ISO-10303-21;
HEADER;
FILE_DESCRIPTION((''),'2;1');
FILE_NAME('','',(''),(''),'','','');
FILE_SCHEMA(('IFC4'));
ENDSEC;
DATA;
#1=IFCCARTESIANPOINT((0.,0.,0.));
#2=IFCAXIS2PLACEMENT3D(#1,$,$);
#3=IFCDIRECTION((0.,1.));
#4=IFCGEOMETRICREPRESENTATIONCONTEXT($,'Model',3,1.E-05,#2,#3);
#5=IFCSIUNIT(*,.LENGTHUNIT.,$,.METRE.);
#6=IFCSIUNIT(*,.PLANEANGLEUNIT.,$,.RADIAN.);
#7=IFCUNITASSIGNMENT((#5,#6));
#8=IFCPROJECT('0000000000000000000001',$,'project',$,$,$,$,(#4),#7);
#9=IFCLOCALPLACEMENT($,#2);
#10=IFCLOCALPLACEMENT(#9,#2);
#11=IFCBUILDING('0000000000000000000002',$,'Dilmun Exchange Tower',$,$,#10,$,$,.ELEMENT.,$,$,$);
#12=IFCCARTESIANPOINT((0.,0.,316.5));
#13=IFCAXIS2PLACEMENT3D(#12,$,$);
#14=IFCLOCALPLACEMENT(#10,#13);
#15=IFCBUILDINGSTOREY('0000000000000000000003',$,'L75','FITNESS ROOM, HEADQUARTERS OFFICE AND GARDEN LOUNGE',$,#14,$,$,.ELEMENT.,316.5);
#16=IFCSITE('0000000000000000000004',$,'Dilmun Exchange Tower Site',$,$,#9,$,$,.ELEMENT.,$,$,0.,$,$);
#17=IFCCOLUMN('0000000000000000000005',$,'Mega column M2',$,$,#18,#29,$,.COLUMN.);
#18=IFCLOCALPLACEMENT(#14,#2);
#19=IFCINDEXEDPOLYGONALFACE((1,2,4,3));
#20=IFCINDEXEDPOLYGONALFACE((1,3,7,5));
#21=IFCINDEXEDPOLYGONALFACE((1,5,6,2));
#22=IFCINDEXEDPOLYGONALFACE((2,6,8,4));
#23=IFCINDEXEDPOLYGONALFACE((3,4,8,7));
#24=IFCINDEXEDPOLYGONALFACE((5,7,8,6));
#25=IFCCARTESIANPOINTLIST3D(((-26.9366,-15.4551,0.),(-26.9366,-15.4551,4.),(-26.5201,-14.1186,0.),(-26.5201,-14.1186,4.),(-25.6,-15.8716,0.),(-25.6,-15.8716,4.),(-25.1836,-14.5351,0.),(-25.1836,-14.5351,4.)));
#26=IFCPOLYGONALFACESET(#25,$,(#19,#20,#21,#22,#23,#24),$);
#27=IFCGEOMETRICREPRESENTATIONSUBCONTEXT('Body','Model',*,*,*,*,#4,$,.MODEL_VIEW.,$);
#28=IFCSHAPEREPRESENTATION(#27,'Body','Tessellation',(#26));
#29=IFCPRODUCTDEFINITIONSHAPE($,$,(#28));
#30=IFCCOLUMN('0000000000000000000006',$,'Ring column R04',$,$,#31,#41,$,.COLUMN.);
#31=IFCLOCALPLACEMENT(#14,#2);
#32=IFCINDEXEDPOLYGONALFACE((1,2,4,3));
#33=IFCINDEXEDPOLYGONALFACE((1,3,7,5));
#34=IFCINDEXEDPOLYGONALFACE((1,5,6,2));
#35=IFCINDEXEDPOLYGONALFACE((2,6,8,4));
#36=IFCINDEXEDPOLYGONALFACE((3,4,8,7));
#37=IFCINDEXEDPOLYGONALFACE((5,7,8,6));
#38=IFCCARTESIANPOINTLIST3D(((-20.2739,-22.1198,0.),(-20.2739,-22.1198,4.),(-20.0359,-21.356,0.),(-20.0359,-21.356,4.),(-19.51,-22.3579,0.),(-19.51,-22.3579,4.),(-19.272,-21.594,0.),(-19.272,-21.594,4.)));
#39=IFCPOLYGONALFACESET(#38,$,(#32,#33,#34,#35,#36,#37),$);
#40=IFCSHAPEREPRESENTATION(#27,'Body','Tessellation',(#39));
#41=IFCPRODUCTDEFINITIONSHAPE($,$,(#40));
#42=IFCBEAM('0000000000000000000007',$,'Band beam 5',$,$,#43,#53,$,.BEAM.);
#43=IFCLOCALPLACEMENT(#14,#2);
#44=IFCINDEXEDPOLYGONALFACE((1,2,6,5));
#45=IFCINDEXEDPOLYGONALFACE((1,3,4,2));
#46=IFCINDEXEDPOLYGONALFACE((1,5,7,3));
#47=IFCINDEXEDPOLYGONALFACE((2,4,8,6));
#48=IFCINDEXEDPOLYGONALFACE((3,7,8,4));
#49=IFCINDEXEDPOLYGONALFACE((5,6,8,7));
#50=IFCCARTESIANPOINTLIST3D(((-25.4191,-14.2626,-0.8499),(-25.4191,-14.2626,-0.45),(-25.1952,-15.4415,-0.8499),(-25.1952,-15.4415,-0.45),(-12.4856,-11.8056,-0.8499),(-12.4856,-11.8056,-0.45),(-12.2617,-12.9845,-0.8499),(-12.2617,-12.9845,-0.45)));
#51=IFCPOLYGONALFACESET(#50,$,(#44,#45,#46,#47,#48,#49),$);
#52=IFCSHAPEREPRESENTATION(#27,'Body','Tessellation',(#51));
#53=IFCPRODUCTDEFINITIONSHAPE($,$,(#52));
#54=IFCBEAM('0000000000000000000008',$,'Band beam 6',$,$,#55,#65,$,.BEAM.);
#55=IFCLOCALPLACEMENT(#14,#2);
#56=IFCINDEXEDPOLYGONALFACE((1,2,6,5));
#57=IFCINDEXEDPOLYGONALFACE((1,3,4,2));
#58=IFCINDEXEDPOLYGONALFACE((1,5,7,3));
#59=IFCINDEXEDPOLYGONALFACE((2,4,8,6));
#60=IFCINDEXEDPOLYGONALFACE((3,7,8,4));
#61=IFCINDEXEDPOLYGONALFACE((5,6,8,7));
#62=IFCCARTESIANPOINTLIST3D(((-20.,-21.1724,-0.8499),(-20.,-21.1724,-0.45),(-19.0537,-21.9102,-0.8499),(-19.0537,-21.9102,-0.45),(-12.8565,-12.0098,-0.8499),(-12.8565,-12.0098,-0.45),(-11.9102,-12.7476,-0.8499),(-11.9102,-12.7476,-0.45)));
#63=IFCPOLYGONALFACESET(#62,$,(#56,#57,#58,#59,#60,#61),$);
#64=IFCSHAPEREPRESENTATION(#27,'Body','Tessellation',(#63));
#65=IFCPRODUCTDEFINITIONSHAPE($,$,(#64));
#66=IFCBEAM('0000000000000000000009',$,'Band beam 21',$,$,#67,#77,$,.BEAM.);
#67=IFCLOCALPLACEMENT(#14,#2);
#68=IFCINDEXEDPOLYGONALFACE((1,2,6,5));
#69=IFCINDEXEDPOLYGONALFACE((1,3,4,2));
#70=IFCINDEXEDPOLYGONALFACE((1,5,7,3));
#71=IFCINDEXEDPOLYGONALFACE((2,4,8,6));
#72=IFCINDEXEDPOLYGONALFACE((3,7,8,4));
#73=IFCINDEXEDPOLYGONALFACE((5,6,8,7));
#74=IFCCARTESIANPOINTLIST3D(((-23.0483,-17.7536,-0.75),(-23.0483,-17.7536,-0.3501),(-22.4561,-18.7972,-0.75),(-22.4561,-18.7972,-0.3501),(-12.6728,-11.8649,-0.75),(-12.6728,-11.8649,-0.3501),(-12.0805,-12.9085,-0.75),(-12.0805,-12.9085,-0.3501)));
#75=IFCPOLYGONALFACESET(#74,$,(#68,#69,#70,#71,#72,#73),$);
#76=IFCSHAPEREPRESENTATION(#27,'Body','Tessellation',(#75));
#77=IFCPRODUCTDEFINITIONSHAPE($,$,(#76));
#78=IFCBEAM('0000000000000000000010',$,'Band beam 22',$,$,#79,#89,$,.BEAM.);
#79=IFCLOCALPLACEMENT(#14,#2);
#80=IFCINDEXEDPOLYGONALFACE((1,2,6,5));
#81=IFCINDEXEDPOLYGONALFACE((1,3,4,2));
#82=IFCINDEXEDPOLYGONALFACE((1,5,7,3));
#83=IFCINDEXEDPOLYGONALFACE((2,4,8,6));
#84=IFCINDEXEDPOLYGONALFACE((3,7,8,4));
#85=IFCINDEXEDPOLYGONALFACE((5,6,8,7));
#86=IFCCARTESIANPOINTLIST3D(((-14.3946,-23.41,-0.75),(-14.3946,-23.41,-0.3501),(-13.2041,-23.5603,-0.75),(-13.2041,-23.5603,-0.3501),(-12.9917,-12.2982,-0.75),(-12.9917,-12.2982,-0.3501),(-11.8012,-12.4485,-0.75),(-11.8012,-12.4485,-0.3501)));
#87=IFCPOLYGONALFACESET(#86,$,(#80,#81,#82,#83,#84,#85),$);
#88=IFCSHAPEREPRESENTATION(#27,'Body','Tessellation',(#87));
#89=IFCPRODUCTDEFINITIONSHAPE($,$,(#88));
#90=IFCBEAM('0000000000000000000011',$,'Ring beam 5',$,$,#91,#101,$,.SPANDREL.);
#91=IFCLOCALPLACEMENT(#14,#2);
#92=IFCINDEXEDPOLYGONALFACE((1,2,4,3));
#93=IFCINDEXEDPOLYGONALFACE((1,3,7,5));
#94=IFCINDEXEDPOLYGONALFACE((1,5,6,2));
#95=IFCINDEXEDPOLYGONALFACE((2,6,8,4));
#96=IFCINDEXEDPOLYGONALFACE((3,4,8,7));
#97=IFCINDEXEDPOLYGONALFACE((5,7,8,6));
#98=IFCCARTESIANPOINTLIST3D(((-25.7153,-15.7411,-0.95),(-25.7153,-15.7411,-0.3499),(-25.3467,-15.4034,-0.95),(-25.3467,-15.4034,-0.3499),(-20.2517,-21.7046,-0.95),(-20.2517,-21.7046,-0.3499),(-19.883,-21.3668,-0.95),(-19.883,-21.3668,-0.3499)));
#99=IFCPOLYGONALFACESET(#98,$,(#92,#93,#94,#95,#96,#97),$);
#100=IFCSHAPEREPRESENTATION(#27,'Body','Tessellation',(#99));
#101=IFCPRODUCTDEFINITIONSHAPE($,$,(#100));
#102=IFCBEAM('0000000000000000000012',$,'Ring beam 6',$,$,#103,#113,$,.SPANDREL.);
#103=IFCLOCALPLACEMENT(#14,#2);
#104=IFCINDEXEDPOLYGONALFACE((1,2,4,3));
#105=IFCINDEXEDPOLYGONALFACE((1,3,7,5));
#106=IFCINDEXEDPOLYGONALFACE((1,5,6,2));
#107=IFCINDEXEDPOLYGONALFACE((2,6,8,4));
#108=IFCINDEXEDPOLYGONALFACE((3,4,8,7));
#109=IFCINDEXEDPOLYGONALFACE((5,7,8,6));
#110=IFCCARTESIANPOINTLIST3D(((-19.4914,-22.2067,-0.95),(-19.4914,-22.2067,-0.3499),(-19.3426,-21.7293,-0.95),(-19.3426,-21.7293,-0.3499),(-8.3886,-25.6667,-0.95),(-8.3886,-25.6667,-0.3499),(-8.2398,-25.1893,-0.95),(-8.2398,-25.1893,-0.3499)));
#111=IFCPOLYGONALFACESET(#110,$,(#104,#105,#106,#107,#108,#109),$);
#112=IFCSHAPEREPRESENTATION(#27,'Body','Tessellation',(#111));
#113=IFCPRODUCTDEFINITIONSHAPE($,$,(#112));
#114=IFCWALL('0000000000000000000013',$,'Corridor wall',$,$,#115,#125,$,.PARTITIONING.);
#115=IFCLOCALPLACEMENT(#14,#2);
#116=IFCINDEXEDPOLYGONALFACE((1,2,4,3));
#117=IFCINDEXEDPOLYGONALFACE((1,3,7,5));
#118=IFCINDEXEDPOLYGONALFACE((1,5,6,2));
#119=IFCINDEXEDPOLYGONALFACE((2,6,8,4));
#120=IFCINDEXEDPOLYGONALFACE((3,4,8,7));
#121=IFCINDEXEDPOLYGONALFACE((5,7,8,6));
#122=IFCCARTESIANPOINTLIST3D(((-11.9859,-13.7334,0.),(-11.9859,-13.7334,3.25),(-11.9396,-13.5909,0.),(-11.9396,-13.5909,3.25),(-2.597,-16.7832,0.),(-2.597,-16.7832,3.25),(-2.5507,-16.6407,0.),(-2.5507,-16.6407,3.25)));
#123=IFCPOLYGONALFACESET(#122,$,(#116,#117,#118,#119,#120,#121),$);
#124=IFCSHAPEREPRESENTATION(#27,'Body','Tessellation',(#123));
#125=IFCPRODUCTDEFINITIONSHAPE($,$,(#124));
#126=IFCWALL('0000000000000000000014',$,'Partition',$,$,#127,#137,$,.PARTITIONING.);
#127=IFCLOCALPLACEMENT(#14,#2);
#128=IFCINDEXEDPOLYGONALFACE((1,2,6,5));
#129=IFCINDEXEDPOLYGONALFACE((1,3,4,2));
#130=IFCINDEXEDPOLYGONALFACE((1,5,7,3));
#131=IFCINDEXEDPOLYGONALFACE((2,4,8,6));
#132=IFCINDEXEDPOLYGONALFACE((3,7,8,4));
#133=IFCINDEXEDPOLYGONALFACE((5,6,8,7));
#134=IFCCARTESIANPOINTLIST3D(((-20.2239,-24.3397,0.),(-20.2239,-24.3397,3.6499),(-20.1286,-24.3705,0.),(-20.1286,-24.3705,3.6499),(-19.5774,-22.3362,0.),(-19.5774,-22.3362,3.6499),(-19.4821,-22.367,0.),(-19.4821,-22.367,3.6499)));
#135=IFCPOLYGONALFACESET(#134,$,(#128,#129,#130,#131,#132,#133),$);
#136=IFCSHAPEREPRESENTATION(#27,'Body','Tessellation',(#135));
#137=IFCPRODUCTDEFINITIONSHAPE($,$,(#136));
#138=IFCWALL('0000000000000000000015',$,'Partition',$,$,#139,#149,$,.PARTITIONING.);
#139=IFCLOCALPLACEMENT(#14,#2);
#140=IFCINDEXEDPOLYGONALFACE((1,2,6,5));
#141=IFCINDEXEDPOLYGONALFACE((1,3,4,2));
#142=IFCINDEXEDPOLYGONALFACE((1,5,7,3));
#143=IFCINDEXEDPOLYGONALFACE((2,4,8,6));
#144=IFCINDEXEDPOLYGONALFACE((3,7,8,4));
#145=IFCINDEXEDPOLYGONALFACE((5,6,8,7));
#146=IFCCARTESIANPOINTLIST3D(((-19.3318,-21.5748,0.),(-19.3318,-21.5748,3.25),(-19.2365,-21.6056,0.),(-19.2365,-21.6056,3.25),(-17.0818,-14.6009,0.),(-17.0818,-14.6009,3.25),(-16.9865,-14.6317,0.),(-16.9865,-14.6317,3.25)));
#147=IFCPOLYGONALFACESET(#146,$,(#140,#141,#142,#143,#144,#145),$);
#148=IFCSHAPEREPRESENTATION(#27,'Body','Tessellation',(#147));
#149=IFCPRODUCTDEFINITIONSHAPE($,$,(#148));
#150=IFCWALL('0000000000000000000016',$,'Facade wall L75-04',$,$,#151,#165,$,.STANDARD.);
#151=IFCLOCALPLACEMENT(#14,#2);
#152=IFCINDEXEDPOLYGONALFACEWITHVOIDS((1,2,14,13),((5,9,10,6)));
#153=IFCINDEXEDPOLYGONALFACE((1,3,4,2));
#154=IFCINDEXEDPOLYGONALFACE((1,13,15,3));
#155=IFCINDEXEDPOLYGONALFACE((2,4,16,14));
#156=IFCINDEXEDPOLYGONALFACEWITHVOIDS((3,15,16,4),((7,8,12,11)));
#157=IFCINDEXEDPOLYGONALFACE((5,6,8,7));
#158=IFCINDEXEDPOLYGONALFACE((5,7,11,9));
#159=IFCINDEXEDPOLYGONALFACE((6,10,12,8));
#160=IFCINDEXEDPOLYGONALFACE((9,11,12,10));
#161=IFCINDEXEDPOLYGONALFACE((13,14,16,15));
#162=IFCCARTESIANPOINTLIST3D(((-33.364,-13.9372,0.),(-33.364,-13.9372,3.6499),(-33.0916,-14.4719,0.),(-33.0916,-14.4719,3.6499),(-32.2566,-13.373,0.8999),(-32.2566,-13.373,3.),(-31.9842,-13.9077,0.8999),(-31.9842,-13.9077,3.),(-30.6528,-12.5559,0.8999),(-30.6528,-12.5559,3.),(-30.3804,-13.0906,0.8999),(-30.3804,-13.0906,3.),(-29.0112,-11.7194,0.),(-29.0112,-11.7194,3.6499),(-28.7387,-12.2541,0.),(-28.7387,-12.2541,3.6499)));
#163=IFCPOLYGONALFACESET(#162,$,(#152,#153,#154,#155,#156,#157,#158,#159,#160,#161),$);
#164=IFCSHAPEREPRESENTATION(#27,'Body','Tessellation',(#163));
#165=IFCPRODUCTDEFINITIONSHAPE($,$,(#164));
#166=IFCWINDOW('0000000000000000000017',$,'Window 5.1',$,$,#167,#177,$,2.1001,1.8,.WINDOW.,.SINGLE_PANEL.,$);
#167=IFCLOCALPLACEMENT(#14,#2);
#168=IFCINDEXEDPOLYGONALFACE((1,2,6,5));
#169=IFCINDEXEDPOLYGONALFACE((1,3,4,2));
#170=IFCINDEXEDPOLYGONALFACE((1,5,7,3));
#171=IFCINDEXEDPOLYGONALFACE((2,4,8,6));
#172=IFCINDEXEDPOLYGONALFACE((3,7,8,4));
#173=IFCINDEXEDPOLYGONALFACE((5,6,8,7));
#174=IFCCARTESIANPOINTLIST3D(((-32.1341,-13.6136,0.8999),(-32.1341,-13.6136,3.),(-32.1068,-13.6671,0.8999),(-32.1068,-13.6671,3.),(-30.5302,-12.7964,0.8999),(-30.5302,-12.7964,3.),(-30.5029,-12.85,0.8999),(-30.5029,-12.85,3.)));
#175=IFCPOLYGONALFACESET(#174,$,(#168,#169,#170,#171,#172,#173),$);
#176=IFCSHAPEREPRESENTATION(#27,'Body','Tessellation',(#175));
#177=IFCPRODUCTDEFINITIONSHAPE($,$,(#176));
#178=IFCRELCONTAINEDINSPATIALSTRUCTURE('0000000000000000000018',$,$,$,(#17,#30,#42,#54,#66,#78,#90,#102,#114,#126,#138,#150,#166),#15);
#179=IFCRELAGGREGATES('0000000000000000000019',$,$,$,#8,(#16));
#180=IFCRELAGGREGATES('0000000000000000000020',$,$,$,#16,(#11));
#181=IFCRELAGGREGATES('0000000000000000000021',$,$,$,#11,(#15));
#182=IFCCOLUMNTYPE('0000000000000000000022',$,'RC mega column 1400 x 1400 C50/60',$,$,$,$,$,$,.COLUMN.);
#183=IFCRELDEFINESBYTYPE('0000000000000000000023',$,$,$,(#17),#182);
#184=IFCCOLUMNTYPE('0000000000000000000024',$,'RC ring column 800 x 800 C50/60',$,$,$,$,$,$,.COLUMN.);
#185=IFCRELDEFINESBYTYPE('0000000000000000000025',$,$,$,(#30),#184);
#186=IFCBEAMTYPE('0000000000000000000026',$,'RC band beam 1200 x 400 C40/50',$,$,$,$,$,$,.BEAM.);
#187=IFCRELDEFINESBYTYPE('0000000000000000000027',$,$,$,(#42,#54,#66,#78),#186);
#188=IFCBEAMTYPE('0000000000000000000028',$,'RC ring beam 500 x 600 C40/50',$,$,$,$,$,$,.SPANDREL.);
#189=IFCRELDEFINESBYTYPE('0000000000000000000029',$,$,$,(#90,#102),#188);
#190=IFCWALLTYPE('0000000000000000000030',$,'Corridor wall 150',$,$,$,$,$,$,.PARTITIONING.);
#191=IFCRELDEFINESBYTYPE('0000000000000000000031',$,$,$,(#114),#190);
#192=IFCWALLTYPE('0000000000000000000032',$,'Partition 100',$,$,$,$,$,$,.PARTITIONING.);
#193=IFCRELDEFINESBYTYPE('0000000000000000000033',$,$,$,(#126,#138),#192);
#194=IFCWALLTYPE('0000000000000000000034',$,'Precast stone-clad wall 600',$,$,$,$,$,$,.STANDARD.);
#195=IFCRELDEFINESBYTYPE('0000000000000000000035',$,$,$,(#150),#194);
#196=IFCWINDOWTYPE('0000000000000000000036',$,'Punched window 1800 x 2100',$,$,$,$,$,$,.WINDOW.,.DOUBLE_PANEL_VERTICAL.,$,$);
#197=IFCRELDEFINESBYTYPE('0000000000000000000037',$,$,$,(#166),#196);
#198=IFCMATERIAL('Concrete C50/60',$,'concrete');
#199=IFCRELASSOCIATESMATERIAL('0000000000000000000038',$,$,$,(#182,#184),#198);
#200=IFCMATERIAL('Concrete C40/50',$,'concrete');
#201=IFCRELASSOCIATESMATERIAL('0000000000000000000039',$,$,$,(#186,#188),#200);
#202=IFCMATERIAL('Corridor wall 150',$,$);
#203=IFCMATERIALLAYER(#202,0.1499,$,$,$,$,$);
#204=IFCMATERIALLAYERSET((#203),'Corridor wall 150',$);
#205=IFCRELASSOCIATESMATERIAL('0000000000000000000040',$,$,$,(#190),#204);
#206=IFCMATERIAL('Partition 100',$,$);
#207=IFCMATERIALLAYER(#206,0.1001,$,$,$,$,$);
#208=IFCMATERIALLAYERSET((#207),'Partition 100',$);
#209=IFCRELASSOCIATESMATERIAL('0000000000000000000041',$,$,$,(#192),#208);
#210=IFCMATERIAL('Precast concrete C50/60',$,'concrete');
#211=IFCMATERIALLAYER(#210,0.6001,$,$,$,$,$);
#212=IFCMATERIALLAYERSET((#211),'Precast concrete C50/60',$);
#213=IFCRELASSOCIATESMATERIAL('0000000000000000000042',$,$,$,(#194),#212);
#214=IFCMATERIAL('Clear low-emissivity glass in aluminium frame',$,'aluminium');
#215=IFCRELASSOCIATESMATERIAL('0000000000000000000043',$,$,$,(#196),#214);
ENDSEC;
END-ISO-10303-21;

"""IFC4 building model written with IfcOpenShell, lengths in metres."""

from ifc_helpers import new_model, si_unit, direction, frame, frame_2d, origin, origin_2d, place, context, subcontext, project, spatial, rectangle, extrude, material, layer, layer_set, material_profile, profile_set, type_object, element, fill, save


model = new_model("IFC4")

# Units and contexts
model_context = context("Model", 3, precision=1e-05, world=origin(), true_north=direction((0.0, 1.0)))
body_context = subcontext(model_context, "Body", "Model", "MODEL_VIEW")
ifc_project = project(units=[si_unit("LENGTHUNIT", "METRE"), si_unit("PLANEANGLEUNIT", "RADIAN")], contexts=[model_context])

# Site, building, storey
site_placement = place(None, origin())
site = spatial("IfcSite", under=ifc_project, at=site_placement, Name="Dilmun Exchange Tower Site", CompositionType="ELEMENT", RefElevation=0.0)
building_placement = place(site_placement, origin())
building = spatial("IfcBuilding", under=site, at=building_placement, Name="Dilmun Exchange Tower", CompositionType="ELEMENT")
storey_placement = place(building_placement, frame((0.0, 0.0, 316.5)))
storey = spatial("IfcBuildingStorey", under=building, at=storey_placement, Name="L75", Description="FITNESS ROOM, HEADQUARTERS OFFICE AND GARDEN LOUNGE", CompositionType="ELEMENT", Elevation=316.5)

# Columns
ifc_material_1 = material(Name="Concrete C50/60", Category="concrete")
ifc_material_profile_1 = material_profile(ifc_material_1, rectangle(XDim=1.3999, YDim=1.3999, at=origin_2d()), Name="1400 x 1400")
ifc_profile_set_1 = profile_set([ifc_material_profile_1], Name="Concrete C50/60")
column_type_1 = type_object("IfcColumnType", Name="RC mega column 1400 x 1400 C50/60", PredefinedType="COLUMN", material=ifc_profile_set_1)
column_1_placement = place(storey_placement, frame((-26.0601, -14.9951, 0.0), z_axis=(0.0, 0.0, 1.0), x_axis=(0.297503, 0.954721, 0.0)))
element("IfcColumn", 1, at=column_1_placement, inside=storey, type_object=column_type_1, Name="Mega column M2", PredefinedType="COLUMN", context=body_context, shape_type="SweptSolid", body=[
    extrude(rectangle(XDim=1.3999, YDim=1.3999, at=origin_2d()), origin(), (0.0, 0.0, 1.0), 4.0),
])
ifc_material_profile_2 = material_profile(ifc_material_1, rectangle(XDim=0.8, YDim=0.8, at=origin_2d()), Name="800 x 800")
ifc_profile_set_2 = profile_set([ifc_material_profile_2], Name="Concrete C50/60")
column_type_2 = type_object("IfcColumnType", Name="RC ring column 800 x 800 C50/60", PredefinedType="COLUMN", material=ifc_profile_set_2)
column_2_placement = place(storey_placement, frame((-19.7729, -21.8569, 0.0), z_axis=(0.0, 0.0, 1.0), x_axis=(0.297503, 0.954721, 0.0)))
element("IfcColumn", 2, at=column_2_placement, inside=storey, type_object=column_type_2, Name="Ring column R04", PredefinedType="COLUMN", context=body_context, shape_type="SweptSolid", body=[
    extrude(rectangle(XDim=0.8, YDim=0.8, at=origin_2d()), origin(), (0.0, 0.0, 1.0), 4.0),
])

# Beams
ifc_material_2 = material(Name="Concrete C40/50", Category="concrete")
ifc_material_profile_3 = material_profile(ifc_material_2, rectangle(XDim=1.2, YDim=0.3999, at=origin_2d()), Name="1200 x 400")
ifc_profile_set_3 = profile_set([ifc_material_profile_3], Name="Concrete C40/50")
beam_type_1 = type_object("IfcBeamType", Name="RC band beam 1200 x 400 C40/50", PredefinedType="BEAM", material=ifc_profile_set_3)
beam_1_placement = place(storey_placement, frame((-25.3071, -14.8521, -0.6499), z_axis=(0.982429, 0.186635, 0.0), x_axis=(-0.186635, 0.982429, 0.0)))
element("IfcBeam", 3, at=beam_1_placement, inside=storey, type_object=beam_type_1, Name="Band beam 5", PredefinedType="BEAM", context=body_context, shape_type="SweptSolid", body=[
    extrude(rectangle(XDim=1.2, YDim=0.3999, at=origin_2d()), origin(), (0.0, 0.0, 1.0), 13.1648),
])
beam_2_placement = place(storey_placement, frame((-19.5269, -21.5413, -0.6499), z_axis=(0.614857, 0.788639, 0.0), x_axis=(-0.788639, 0.614857, 0.0)))
element("IfcBeam", 4, at=beam_2_placement, inside=storey, type_object=beam_type_1, Name="Band beam 6", PredefinedType="BEAM", context=body_context, shape_type="SweptSolid", body=[
    extrude(rectangle(XDim=1.2, YDim=0.3999, at=origin_2d()), origin(), (0.0, 0.0, 1.0), 11.6182),
])
beam_3_placement = place(storey_placement, frame((-22.7522, -18.2754, -0.55), z_axis=(0.86969, 0.493598, 0.0), x_axis=(-0.493598, 0.86969, 0.0)))
element("IfcBeam", 5, at=beam_3_placement, inside=storey, type_object=beam_type_1, Name="Band beam 21", PredefinedType="BEAM", context=body_context, shape_type="SweptSolid", body=[
    extrude(rectangle(XDim=1.2, YDim=0.3999, at=origin_2d()), origin(), (0.0, 0.0, 1.0), 11.9302),
])
beam_4_placement = place(storey_placement, frame((-13.7993, -23.4851, -0.55), z_axis=(0.125253, 0.992125, 0.0), x_axis=(-0.992125, 0.125253, 0.0)))
element("IfcBeam", 6, at=beam_4_placement, inside=storey, type_object=beam_type_1, Name="Band beam 22", PredefinedType="BEAM", context=body_context, shape_type="SweptSolid", body=[
    extrude(rectangle(XDim=1.2, YDim=0.3999, at=origin_2d()), origin(), (0.0, 0.0, 1.0), 11.2),
])
ifc_material_profile_4 = material_profile(ifc_material_2, rectangle(XDim=0.5, YDim=0.6001, at=origin_2d()), Name="500 x 600")
ifc_profile_set_4 = profile_set([ifc_material_profile_4], Name="Concrete C40/50")
beam_type_2 = type_object("IfcBeamType", Name="RC ring beam 500 x 600 C40/50", PredefinedType="SPANDREL", material=ifc_profile_set_4)
beam_5_placement = place(storey_placement, frame((-25.531, -15.5723, -0.6499), z_axis=(0.675536, -0.737327, 0.0), x_axis=(0.737327, 0.675536, 0.0)))
element("IfcBeam", 7, at=beam_5_placement, inside=storey, type_object=beam_type_2, Name="Ring beam 5", PredefinedType="SPANDREL", context=body_context, shape_type="SweptSolid", body=[
    extrude(rectangle(XDim=0.5, YDim=0.6001, at=origin_2d()), origin(), (0.0, 0.0, 1.0), 8.0879),
])
beam_6_placement = place(storey_placement, frame((-19.417, -21.968, -0.6499), z_axis=(0.954716, -0.297518, 0.0), x_axis=(0.297518, 0.954716, 0.0)))
element("IfcBeam", 8, at=beam_6_placement, inside=storey, type_object=beam_type_2, Name="Ring beam 6", PredefinedType="SPANDREL", context=body_context, shape_type="SweptSolid", body=[
    extrude(rectangle(XDim=0.5, YDim=0.6001, at=origin_2d()), origin(), (0.0, 0.0, 1.0), 11.6294),
])

# Walls
ifc_material_3 = material(Name="Corridor wall 150")
ifc_layer_1 = layer(ifc_material_3, 0.1499)
ifc_layer_set_1 = layer_set([ifc_layer_1], Name="Corridor wall 150")
wall_type_1 = type_object("IfcWallType", Name="Corridor wall 150", PredefinedType="PARTITIONING", material=ifc_layer_set_1)
wall_1_placement = place(storey_placement, frame((-11.9629, -13.6621, 0.0), z_axis=(0.0, 0.0, 1.0), x_axis=(0.951081, -0.30894, 0.0)))
element("IfcWall", 9, at=wall_1_placement, inside=storey, type_object=wall_type_1, Name="Corridor wall", PredefinedType="PARTITIONING", context=body_context, shape_type="SweptSolid", body=[
    extrude(rectangle(XDim=9.8718, YDim=0.1499, at=frame_2d((4.936, 0.0))), origin(), (0.0, 0.0, 1.0), 3.25),
])
ifc_material_4 = material(Name="Partition 100")
ifc_layer_2 = layer(ifc_material_4, 0.1001)
ifc_layer_set_2 = layer_set([ifc_layer_2], Name="Partition 100")
wall_type_2 = type_object("IfcWallType", Name="Partition 100", PredefinedType="PARTITIONING", material=ifc_layer_set_2)
wall_2_placement = place(storey_placement, frame((-20.1763, -24.3552, 0.0), z_axis=(0.0, 0.0, 1.0), x_axis=(0.307098, 0.951678, 0.0)))
element("IfcWall", 10, at=wall_2_placement, inside=storey, type_object=wall_type_2, Name="Partition", PredefinedType="PARTITIONING", context=body_context, shape_type="SweptSolid", body=[
    extrude(rectangle(XDim=2.1052, YDim=0.1001, at=frame_2d((1.0527, 0.0))), origin(), (0.0, 0.0, 1.0), 3.6499),
])
wall_3_placement = place(storey_placement, frame((-19.2842, -21.5903, 0.0), z_axis=(0.0, 0.0, 1.0), x_axis=(0.307048, 0.951694, 0.0)))
element("IfcWall", 11, at=wall_3_placement, inside=storey, type_object=wall_type_2, Name="Partition", PredefinedType="PARTITIONING", context=body_context, shape_type="SweptSolid", body=[
    extrude(rectangle(XDim=7.3279, YDim=0.1001, at=frame_2d((3.6641, 0.0))), origin(), (0.0, 0.0, 1.0), 3.25),
])

# Wall, opening, window
ifc_material_5 = material(Name="Precast concrete C50/60", Category="concrete")
ifc_layer_3 = layer(ifc_material_5, 0.6001)
ifc_layer_set_3 = layer_set([ifc_layer_3], Name="Precast concrete C50/60")
wall_type_3 = type_object("IfcWallType", Name="Precast stone-clad wall 600", PredefinedType="STANDARD", material=ifc_layer_set_3)
wall_4_placement = place(storey_placement, frame((-33.2278, -14.2046, 0.0), z_axis=(0.0, 0.0, 1.0), x_axis=(0.891013, 0.453977, 0.0)))
wall_4 = element("IfcWall", 12, at=wall_4_placement, inside=storey, type_object=wall_type_3, Name="Facade wall L75-04", PredefinedType="STANDARD", context=body_context, shape_type="SweptSolid", body=[
    extrude(rectangle(XDim=4.8853, YDim=0.6001, at=frame_2d((2.4426, 0.0))), origin(), (0.0, 0.0, 1.0), 3.6499),
])
opening_1_placement = place(wall_4_placement, frame((1.2429, 0.0, 0.8999)))
opening_1 = element("IfcOpeningElement", 13, at=opening_1_placement, cuts=wall_4, PredefinedType="OPENING", context=body_context, shape_type="SweptSolid", body=[
    extrude(rectangle(XDim=1.8, YDim=2.1001, at=frame_2d((0.8999, 1.05))), frame((0.0, 0.3101, 0.0), z_axis=(0.0, -1.0, 0.0), x_axis=(1.0, 0.0, 0.0)), (0.0, 0.0, 1.0), 0.6201),
])
ifc_material_6 = material(Name="Clear low-emissivity glass in aluminium frame", Category="aluminium")
window_type_1 = type_object("IfcWindowType", Name="Punched window 1800 x 2100", PartitioningType="DOUBLE_PANEL_VERTICAL", PredefinedType="WINDOW", material=ifc_material_6)
window_1_placement = place(opening_1_placement, origin())
window_1 = element("IfcWindow", 14, at=window_1_placement, inside=storey, type_object=window_type_1, Name="Window 5.1", OverallHeight=2.1001, OverallWidth=1.8, PartitioningType="SINGLE_PANEL", PredefinedType="WINDOW", context=body_context, shape_type="SweptSolid", body=[
    extrude(rectangle(XDim=1.8, YDim=2.1001, at=frame_2d((0.8999, 1.05))), frame((0.0, 0.03, 0.0), z_axis=(0.0, -1.0, 0.0), x_axis=(1.0, 0.0, 0.0)), (0.0, 0.0, 1.0), 0.0601),
])
fill(opening_1, window_1)

save(model, "model.ifc")
